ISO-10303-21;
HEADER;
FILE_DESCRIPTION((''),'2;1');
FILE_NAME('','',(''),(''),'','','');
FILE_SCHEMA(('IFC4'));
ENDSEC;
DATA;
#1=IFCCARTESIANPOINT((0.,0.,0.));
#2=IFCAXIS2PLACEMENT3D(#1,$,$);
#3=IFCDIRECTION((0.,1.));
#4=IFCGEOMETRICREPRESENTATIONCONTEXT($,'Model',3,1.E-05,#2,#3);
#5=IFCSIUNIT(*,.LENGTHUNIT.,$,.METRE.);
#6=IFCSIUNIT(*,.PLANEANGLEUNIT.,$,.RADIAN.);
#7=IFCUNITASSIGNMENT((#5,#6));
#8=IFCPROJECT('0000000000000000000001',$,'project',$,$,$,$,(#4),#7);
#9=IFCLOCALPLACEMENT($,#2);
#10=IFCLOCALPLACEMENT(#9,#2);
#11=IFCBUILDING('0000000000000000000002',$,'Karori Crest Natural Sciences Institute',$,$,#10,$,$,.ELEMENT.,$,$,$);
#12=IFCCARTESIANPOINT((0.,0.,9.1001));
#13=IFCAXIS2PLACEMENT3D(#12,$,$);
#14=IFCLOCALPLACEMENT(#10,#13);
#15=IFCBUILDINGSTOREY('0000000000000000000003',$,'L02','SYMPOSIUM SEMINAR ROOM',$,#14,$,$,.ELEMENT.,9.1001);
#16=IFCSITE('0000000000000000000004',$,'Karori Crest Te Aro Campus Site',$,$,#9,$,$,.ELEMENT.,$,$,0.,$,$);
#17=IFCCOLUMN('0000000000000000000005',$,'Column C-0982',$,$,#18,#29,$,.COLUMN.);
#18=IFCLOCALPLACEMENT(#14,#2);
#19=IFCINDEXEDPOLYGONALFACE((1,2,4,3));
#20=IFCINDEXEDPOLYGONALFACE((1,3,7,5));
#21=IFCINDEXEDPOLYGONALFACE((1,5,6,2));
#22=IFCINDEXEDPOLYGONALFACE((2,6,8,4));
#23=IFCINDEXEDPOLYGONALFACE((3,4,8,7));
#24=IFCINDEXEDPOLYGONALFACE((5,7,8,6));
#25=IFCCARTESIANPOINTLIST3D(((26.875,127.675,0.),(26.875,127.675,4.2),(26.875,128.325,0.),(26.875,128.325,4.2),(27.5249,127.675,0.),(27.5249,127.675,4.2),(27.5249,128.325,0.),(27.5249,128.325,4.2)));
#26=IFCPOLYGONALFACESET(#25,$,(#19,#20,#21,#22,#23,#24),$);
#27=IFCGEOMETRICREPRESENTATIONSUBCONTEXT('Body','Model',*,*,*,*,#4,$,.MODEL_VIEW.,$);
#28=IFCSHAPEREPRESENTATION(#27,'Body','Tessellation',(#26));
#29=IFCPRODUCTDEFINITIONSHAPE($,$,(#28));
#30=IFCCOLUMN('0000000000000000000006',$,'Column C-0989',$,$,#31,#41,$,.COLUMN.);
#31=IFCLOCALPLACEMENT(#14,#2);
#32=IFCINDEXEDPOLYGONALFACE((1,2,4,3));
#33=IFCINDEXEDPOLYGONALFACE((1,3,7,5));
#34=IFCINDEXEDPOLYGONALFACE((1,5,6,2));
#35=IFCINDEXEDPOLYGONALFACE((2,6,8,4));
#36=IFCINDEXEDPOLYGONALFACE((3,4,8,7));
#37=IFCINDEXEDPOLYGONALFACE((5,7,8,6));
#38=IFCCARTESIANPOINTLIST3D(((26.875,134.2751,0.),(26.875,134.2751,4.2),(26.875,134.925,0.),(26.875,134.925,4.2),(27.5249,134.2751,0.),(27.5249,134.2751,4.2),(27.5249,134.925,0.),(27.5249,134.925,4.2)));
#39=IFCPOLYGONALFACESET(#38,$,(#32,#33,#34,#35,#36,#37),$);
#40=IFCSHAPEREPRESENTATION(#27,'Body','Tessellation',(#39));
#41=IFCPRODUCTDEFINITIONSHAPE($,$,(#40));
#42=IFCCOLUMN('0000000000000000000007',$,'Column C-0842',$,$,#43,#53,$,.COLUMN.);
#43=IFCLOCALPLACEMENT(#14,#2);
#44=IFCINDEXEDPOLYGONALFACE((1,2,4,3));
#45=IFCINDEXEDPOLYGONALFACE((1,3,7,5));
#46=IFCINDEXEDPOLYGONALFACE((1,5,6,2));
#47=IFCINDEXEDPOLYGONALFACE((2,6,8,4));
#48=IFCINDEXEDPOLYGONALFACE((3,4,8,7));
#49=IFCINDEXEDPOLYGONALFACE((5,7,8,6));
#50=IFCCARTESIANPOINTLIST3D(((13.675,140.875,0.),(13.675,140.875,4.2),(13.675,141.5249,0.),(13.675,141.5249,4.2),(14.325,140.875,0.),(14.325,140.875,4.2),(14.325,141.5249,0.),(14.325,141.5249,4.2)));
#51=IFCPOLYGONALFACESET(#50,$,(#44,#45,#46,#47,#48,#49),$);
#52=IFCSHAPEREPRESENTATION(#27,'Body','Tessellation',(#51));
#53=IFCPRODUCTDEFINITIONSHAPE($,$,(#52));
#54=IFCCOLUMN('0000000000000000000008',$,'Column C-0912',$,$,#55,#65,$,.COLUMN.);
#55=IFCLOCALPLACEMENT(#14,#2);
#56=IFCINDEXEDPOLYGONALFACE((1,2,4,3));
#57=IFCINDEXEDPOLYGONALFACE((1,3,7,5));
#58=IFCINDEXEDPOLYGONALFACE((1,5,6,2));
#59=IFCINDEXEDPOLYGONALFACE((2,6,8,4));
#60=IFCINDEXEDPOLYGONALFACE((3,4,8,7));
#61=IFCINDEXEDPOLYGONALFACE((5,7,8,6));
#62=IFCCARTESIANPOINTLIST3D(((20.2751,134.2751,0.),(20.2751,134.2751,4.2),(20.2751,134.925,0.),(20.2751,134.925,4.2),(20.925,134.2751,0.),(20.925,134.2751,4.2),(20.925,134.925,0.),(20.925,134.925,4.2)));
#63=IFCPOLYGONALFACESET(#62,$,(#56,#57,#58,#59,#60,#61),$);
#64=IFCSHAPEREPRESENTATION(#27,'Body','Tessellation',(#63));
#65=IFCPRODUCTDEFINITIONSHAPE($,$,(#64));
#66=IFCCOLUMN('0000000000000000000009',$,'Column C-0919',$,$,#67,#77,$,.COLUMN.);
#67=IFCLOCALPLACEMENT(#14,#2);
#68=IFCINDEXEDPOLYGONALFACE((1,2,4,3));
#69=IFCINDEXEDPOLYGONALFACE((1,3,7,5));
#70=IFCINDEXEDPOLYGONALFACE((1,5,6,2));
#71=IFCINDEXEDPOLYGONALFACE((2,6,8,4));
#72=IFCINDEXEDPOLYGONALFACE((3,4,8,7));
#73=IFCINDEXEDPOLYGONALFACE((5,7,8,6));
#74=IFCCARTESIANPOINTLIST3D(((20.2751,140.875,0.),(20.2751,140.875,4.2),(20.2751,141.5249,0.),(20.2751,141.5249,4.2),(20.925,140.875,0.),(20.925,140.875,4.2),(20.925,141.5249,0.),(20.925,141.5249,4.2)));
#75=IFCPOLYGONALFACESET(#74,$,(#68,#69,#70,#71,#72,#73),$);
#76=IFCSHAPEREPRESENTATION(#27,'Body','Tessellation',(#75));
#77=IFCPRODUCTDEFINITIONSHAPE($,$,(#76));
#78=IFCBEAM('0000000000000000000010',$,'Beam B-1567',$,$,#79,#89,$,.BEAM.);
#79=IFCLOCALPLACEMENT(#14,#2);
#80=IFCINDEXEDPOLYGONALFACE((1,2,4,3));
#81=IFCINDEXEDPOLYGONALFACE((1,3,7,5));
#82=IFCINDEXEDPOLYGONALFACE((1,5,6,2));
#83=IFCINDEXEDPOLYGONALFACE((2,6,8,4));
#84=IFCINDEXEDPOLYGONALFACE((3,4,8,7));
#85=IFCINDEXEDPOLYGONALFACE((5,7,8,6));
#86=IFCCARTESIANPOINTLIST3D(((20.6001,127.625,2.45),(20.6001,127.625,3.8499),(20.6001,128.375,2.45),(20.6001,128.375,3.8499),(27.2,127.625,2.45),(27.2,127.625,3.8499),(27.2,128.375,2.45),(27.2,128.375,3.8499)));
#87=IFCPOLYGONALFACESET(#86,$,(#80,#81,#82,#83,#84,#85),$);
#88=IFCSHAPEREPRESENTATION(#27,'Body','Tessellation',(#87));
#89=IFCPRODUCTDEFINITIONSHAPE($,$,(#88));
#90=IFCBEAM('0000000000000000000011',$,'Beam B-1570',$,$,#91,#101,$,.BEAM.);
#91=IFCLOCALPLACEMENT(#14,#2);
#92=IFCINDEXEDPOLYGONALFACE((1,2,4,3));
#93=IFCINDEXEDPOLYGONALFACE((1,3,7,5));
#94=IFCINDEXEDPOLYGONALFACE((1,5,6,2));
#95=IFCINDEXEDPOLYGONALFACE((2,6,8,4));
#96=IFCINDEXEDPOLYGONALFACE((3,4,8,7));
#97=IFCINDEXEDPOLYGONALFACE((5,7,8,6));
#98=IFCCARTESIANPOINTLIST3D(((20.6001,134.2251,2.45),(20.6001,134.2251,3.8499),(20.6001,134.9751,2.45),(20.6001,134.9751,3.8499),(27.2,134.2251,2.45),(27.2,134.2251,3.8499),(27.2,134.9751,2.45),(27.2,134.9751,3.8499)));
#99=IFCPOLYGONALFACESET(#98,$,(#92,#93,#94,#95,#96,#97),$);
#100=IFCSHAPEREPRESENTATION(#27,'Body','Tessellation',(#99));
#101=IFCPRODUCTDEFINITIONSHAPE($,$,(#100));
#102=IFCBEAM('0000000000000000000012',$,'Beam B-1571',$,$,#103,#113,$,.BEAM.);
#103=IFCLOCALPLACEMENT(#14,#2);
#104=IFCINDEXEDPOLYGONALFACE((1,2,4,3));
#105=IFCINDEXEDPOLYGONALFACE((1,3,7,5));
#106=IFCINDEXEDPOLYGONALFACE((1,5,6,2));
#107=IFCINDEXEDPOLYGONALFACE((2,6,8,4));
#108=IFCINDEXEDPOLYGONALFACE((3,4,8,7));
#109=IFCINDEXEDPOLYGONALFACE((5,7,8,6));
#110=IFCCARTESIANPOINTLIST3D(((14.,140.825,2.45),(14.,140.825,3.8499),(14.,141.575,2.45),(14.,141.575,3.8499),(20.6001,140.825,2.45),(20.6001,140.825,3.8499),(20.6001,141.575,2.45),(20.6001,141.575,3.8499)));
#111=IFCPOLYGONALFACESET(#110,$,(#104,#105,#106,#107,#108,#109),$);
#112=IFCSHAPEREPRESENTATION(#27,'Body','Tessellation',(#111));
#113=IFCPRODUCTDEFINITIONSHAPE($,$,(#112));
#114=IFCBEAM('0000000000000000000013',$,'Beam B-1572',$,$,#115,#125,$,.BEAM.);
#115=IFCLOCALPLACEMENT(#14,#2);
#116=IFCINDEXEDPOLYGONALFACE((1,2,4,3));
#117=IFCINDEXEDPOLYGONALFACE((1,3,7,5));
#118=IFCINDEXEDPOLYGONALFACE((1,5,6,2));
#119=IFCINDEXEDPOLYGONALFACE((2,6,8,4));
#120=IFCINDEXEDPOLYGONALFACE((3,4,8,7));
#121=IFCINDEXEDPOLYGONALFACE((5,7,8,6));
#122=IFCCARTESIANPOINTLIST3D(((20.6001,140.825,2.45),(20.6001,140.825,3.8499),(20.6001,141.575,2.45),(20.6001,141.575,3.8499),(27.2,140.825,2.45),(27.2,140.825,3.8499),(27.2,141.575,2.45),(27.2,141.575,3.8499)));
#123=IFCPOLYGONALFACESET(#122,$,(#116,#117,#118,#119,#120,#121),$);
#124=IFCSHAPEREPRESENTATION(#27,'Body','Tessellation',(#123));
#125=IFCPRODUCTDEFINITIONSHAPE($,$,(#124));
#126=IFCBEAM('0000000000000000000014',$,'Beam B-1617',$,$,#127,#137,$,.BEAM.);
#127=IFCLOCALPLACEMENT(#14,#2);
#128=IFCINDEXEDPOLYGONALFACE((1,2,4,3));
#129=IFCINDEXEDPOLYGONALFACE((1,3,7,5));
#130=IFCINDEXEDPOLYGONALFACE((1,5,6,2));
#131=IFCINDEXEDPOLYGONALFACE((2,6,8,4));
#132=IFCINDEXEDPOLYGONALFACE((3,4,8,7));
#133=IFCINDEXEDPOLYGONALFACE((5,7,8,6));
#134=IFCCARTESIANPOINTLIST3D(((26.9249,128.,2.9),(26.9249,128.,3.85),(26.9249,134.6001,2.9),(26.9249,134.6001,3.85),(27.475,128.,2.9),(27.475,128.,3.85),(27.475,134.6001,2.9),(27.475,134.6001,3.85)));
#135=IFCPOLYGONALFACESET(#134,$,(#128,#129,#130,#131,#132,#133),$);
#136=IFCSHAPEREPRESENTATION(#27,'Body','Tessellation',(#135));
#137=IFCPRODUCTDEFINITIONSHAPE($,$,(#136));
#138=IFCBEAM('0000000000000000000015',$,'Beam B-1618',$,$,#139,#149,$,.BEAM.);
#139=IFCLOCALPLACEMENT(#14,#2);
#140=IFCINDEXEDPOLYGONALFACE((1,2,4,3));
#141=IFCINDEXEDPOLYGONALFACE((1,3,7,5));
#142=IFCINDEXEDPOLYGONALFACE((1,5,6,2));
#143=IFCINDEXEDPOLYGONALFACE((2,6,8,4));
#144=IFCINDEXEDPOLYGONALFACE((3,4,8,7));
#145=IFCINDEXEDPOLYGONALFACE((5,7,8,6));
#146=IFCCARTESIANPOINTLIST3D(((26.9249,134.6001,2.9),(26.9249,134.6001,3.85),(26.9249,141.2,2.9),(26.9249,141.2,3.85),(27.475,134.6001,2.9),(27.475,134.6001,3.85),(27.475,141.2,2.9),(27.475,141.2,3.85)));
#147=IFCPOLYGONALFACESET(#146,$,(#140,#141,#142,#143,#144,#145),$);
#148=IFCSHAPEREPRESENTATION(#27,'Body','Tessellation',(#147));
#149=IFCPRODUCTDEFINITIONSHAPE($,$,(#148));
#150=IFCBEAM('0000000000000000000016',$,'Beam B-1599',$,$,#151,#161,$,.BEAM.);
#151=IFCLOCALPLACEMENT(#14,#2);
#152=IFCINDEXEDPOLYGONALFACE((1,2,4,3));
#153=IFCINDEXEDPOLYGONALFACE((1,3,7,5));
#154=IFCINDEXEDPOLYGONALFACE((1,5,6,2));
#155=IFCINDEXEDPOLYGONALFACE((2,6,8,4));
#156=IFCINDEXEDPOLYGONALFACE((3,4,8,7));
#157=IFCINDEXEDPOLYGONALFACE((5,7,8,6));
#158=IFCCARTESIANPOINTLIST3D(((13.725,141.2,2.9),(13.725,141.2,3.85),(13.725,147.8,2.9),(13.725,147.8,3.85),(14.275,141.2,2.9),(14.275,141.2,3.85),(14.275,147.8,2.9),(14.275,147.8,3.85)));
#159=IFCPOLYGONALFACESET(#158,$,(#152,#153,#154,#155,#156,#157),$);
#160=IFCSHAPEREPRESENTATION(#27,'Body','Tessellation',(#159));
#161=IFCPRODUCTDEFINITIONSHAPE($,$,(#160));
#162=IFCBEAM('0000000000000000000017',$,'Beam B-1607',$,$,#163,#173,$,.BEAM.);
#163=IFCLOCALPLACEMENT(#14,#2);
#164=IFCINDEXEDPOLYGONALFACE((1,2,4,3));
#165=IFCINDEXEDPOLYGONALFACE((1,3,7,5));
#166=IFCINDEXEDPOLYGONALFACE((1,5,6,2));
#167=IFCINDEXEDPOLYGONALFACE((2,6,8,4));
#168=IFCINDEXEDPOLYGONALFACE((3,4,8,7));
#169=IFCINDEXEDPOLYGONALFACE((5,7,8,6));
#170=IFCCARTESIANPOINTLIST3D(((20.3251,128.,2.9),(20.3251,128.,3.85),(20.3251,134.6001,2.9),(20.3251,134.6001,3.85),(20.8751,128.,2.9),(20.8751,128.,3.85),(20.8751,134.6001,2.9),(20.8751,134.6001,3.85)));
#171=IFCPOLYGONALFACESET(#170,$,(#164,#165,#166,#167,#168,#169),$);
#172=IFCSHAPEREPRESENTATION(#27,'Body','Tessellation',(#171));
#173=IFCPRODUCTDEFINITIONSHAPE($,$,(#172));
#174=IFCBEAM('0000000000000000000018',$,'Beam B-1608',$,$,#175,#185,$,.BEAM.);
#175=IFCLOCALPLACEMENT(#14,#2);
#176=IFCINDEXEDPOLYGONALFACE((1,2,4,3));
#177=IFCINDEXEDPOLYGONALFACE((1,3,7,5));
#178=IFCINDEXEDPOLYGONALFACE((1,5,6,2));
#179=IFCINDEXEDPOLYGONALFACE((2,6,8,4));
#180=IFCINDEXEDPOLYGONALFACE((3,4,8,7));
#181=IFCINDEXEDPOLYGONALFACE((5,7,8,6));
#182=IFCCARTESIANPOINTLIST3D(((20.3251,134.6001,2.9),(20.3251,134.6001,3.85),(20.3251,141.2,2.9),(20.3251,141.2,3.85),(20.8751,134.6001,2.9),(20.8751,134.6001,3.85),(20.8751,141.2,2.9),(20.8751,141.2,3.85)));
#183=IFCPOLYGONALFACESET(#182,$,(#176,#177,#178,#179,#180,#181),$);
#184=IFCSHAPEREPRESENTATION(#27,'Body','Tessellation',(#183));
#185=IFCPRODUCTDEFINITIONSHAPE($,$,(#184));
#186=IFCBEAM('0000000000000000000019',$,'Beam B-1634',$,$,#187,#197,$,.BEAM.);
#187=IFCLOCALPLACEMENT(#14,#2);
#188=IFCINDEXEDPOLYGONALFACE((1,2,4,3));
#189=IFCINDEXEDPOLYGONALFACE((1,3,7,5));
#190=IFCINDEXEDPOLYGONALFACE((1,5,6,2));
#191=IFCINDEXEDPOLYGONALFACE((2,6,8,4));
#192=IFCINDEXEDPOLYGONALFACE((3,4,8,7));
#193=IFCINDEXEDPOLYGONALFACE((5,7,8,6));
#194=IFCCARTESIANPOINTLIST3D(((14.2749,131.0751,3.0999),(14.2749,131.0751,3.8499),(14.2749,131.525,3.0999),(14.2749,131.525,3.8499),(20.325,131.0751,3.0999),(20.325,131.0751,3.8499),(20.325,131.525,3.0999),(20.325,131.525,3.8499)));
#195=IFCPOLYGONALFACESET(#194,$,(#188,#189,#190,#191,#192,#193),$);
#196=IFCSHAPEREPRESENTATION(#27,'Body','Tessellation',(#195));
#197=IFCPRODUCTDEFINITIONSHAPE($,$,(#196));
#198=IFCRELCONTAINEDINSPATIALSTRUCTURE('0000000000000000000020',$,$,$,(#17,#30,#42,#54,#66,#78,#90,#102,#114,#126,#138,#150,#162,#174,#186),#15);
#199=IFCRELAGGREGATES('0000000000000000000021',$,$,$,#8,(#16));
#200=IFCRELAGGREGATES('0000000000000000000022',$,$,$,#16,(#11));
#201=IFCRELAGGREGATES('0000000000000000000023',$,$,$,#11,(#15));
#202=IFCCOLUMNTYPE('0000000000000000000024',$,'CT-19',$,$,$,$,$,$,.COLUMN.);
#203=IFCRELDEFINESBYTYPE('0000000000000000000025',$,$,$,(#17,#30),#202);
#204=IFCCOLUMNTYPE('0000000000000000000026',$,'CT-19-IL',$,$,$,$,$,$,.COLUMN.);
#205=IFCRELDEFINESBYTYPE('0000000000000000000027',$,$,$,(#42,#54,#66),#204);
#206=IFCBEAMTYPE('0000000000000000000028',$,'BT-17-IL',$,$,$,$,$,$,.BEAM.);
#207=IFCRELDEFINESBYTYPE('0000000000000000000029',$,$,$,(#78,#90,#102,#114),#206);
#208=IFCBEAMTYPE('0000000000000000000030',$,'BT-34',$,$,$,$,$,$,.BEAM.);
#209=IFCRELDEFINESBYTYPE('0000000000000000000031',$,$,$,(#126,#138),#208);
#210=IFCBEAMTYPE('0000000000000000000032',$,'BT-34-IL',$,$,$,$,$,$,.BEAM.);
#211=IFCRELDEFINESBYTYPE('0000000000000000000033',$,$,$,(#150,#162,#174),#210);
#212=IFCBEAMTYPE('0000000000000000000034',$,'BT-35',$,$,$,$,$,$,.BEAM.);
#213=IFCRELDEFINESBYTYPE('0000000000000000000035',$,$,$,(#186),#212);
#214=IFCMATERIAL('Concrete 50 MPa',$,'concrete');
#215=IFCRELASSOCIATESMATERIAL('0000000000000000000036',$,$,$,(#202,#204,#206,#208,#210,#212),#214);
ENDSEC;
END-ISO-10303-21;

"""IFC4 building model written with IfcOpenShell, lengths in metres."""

from ifc_helpers import new_model, si_unit, direction, frame, origin, origin_2d, place, context, subcontext, project, spatial, rectangle, extrude, material, material_profile, profile_set, type_object, element, save


model = new_model("IFC4")

# Units and contexts
model_context = context("Model", 3, precision=1e-05, world=origin(), true_north=direction((0.0, 1.0)))
body_context = subcontext(model_context, "Body", "Model", "MODEL_VIEW")
ifc_project = project(units=[si_unit("LENGTHUNIT", "METRE"), si_unit("PLANEANGLEUNIT", "RADIAN")], contexts=[model_context])

# Site, building, storey
site_placement = place(None, origin())
site = spatial("IfcSite", under=ifc_project, at=site_placement, Name="Karori Crest Te Aro Campus Site", CompositionType="ELEMENT", RefElevation=0.0)
building_placement = place(site_placement, origin())
building = spatial("IfcBuilding", under=site, at=building_placement, Name="Karori Crest Natural Sciences Institute", CompositionType="ELEMENT")
storey_placement = place(building_placement, frame((0.0, 0.0, 9.1001)))
storey = spatial("IfcBuildingStorey", under=building, at=storey_placement, Name="L02", Description="SYMPOSIUM SEMINAR ROOM", CompositionType="ELEMENT", Elevation=9.1001)

# Columns
ifc_material_1 = material(Name="Concrete 50 MPa", Category="concrete")
ifc_material_profile_1 = material_profile(ifc_material_1, rectangle(XDim=0.6499, YDim=0.6499, at=origin_2d()), Name="RC650x650")
ifc_profile_set_1 = profile_set([ifc_material_profile_1], Name="Concrete 50 MPa")
column_type_1 = type_object("IfcColumnType", Name="CT-19", PredefinedType="COLUMN", material=ifc_profile_set_1)
for number, where, z_axis, x_axis, name in (
    (1, (27.2, 128.0, 0.0), (0.0, 0.0, 1.0), (1.0, 0.0, 0.0), "Column C-0982"),
    (2, (27.2, 134.6001, 0.0), (0.0, 0.0, 1.0), (1.0, 0.0, 0.0), "Column C-0989"),
):
    element("IfcColumn", number, at=place(storey_placement, frame(where, z_axis=z_axis, x_axis=x_axis)), inside=storey, type_object=column_type_1, Name=name, PredefinedType="COLUMN", context=body_context, shape_type="SweptSolid", body=[
        extrude(rectangle(XDim=0.6499, YDim=0.6499, at=origin_2d()), origin(), (0.0, 0.0, 1.0), 4.2),
    ])
ifc_material_profile_2 = material_profile(ifc_material_1, rectangle(XDim=0.6499, YDim=0.6499, at=origin_2d()), Name="RC650x650")
ifc_profile_set_2 = profile_set([ifc_material_profile_2], Name="Concrete 50 MPa")
column_type_2 = type_object("IfcColumnType", Name="CT-19-IL", PredefinedType="COLUMN", material=ifc_profile_set_2)
for number, where, z_axis, x_axis, name in (
    (3, (14.0, 141.2, 0.0), (0.0, 0.0, 1.0), (1.0, 0.0, 0.0), "Column C-0842"),
    (4, (20.6001, 134.6001, 0.0), (0.0, 0.0, 1.0), (1.0, 0.0, 0.0), "Column C-0912"),
    (5, (20.6001, 141.2, 0.0), (0.0, 0.0, 1.0), (1.0, 0.0, 0.0), "Column C-0919"),
):
    element("IfcColumn", number, at=place(storey_placement, frame(where, z_axis=z_axis, x_axis=x_axis)), inside=storey, type_object=column_type_2, Name=name, PredefinedType="COLUMN", context=body_context, shape_type="SweptSolid", body=[
        extrude(rectangle(XDim=0.6499, YDim=0.6499, at=origin_2d()), origin(), (0.0, 0.0, 1.0), 4.2),
    ])

# Beams
ifc_material_profile_3 = material_profile(ifc_material_1, rectangle(XDim=0.75, YDim=1.3999, at=origin_2d()), Name="RCB750x1400")
ifc_profile_set_3 = profile_set([ifc_material_profile_3], Name="Concrete 50 MPa")
beam_type_1 = type_object("IfcBeamType", Name="BT-17-IL", PredefinedType="BEAM", material=ifc_profile_set_3)
for number, where, z_axis, x_axis, name in (
    (6, (20.6001, 128.0, 3.1499), (1.0, 0.0, 0.0), (0.0, 1.0, 0.0), "Beam B-1567"),
    (7, (20.6001, 134.6001, 3.1499), (1.0, 0.0, 0.0), (0.0, 1.0, 0.0), "Beam B-1570"),
):
    element("IfcBeam", number, at=place(storey_placement, frame(where, z_axis=z_axis, x_axis=x_axis)), inside=storey, type_object=beam_type_1, Name=name, PredefinedType="BEAM", context=body_context, shape_type="SweptSolid", body=[
        extrude(rectangle(XDim=0.75, YDim=1.3999, at=origin_2d()), origin(), (0.0, 0.0, 1.0), 6.5999),
    ])
beam_1_placement = place(storey_placement, frame((14.0, 141.2, 3.1499), z_axis=(1.0, 0.0, 0.0), x_axis=(0.0, 1.0, 0.0)))
element("IfcBeam", 8, at=beam_1_placement, inside=storey, type_object=beam_type_1, Name="Beam B-1571", PredefinedType="BEAM", context=body_context, shape_type="SweptSolid", body=[
    extrude(rectangle(XDim=0.75, YDim=1.3999, at=origin_2d()), origin(), (0.0, 0.0, 1.0), 6.6001),
])
beam_2_placement = place(storey_placement, frame((20.6001, 141.2, 3.1499), z_axis=(1.0, 0.0, 0.0), x_axis=(0.0, 1.0, 0.0)))
element("IfcBeam", 9, at=beam_2_placement, inside=storey, type_object=beam_type_1, Name="Beam B-1572", PredefinedType="BEAM", context=body_context, shape_type="SweptSolid", body=[
    extrude(rectangle(XDim=0.75, YDim=1.3999, at=origin_2d()), origin(), (0.0, 0.0, 1.0), 6.5999),
])
ifc_material_profile_4 = material_profile(ifc_material_1, rectangle(XDim=0.55, YDim=0.95, at=origin_2d()), Name="RCB550x950")
ifc_profile_set_4 = profile_set([ifc_material_profile_4], Name="Concrete 50 MPa")
beam_type_2 = type_object("IfcBeamType", Name="BT-34", PredefinedType="BEAM", material=ifc_profile_set_4)
beam_3_placement = place(storey_placement, frame((27.2, 128.0, 3.375), z_axis=(0.0, 1.0, 0.0), x_axis=(-1.0, 0.0, 0.0)))
element("IfcBeam", 10, at=beam_3_placement, inside=storey, type_object=beam_type_2, Name="Beam B-1617", PredefinedType="BEAM", context=body_context, shape_type="SweptSolid", body=[
    extrude(rectangle(XDim=0.55, YDim=0.95, at=origin_2d()), origin(), (0.0, 0.0, 1.0), 6.6001),
])
beam_4_placement = place(storey_placement, frame((27.2, 134.6001, 3.375), z_axis=(0.0, 1.0, 0.0), x_axis=(-1.0, 0.0, 0.0)))
element("IfcBeam", 11, at=beam_4_placement, inside=storey, type_object=beam_type_2, Name="Beam B-1618", PredefinedType="BEAM", context=body_context, shape_type="SweptSolid", body=[
    extrude(rectangle(XDim=0.55, YDim=0.95, at=origin_2d()), origin(), (0.0, 0.0, 1.0), 6.5999),
])
ifc_material_profile_5 = material_profile(ifc_material_1, rectangle(XDim=0.55, YDim=0.95, at=origin_2d()), Name="RCB550x950")
ifc_profile_set_5 = profile_set([ifc_material_profile_5], Name="Concrete 50 MPa")
beam_type_3 = type_object("IfcBeamType", Name="BT-34-IL", PredefinedType="BEAM", material=ifc_profile_set_5)
for number, where, z_axis, x_axis, name in (
    (12, (14.0, 141.2, 3.375), (0.0, 1.0, 0.0), (-1.0, 0.0, 0.0), "Beam B-1599"),
    (13, (20.6001, 128.0, 3.375), (0.0, 1.0, 0.0), (-1.0, 0.0, 0.0), "Beam B-1607"),
):
    element("IfcBeam", number, at=place(storey_placement, frame(where, z_axis=z_axis, x_axis=x_axis)), inside=storey, type_object=beam_type_3, Name=name, PredefinedType="BEAM", context=body_context, shape_type="SweptSolid", body=[
        extrude(rectangle(XDim=0.55, YDim=0.95, at=origin_2d()), origin(), (0.0, 0.0, 1.0), 6.6001),
    ])
beam_5_placement = place(storey_placement, frame((20.6001, 134.6001, 3.375), z_axis=(0.0, 1.0, 0.0), x_axis=(-1.0, 0.0, 0.0)))
element("IfcBeam", 14, at=beam_5_placement, inside=storey, type_object=beam_type_3, Name="Beam B-1608", PredefinedType="BEAM", context=body_context, shape_type="SweptSolid", body=[
    extrude(rectangle(XDim=0.55, YDim=0.95, at=origin_2d()), origin(), (0.0, 0.0, 1.0), 6.5999),
])
ifc_material_profile_6 = material_profile(ifc_material_1, rectangle(XDim=0.45, YDim=0.75, at=origin_2d()), Name="RCB450x750")
ifc_profile_set_6 = profile_set([ifc_material_profile_6], Name="Concrete 50 MPa")
beam_type_4 = type_object("IfcBeamType", Name="BT-35", PredefinedType="BEAM", material=ifc_profile_set_6)
for number, where, z_axis, x_axis, name in (
    (15, (14.2749, 131.3, 3.4749), (1.0, 0.0, 0.0), (0.0, 1.0, 0.0), "Beam B-1634"),
):
    element("IfcBeam", number, at=place(storey_placement, frame(where, z_axis=z_axis, x_axis=x_axis)), inside=storey, type_object=beam_type_4, Name=name, PredefinedType="BEAM", context=body_context, shape_type="SweptSolid", body=[
        extrude(rectangle(XDim=0.45, YDim=0.75, at=origin_2d()), origin(), (0.0, 0.0, 1.0), 6.05),
    ])

save(model, "model.ifc")
